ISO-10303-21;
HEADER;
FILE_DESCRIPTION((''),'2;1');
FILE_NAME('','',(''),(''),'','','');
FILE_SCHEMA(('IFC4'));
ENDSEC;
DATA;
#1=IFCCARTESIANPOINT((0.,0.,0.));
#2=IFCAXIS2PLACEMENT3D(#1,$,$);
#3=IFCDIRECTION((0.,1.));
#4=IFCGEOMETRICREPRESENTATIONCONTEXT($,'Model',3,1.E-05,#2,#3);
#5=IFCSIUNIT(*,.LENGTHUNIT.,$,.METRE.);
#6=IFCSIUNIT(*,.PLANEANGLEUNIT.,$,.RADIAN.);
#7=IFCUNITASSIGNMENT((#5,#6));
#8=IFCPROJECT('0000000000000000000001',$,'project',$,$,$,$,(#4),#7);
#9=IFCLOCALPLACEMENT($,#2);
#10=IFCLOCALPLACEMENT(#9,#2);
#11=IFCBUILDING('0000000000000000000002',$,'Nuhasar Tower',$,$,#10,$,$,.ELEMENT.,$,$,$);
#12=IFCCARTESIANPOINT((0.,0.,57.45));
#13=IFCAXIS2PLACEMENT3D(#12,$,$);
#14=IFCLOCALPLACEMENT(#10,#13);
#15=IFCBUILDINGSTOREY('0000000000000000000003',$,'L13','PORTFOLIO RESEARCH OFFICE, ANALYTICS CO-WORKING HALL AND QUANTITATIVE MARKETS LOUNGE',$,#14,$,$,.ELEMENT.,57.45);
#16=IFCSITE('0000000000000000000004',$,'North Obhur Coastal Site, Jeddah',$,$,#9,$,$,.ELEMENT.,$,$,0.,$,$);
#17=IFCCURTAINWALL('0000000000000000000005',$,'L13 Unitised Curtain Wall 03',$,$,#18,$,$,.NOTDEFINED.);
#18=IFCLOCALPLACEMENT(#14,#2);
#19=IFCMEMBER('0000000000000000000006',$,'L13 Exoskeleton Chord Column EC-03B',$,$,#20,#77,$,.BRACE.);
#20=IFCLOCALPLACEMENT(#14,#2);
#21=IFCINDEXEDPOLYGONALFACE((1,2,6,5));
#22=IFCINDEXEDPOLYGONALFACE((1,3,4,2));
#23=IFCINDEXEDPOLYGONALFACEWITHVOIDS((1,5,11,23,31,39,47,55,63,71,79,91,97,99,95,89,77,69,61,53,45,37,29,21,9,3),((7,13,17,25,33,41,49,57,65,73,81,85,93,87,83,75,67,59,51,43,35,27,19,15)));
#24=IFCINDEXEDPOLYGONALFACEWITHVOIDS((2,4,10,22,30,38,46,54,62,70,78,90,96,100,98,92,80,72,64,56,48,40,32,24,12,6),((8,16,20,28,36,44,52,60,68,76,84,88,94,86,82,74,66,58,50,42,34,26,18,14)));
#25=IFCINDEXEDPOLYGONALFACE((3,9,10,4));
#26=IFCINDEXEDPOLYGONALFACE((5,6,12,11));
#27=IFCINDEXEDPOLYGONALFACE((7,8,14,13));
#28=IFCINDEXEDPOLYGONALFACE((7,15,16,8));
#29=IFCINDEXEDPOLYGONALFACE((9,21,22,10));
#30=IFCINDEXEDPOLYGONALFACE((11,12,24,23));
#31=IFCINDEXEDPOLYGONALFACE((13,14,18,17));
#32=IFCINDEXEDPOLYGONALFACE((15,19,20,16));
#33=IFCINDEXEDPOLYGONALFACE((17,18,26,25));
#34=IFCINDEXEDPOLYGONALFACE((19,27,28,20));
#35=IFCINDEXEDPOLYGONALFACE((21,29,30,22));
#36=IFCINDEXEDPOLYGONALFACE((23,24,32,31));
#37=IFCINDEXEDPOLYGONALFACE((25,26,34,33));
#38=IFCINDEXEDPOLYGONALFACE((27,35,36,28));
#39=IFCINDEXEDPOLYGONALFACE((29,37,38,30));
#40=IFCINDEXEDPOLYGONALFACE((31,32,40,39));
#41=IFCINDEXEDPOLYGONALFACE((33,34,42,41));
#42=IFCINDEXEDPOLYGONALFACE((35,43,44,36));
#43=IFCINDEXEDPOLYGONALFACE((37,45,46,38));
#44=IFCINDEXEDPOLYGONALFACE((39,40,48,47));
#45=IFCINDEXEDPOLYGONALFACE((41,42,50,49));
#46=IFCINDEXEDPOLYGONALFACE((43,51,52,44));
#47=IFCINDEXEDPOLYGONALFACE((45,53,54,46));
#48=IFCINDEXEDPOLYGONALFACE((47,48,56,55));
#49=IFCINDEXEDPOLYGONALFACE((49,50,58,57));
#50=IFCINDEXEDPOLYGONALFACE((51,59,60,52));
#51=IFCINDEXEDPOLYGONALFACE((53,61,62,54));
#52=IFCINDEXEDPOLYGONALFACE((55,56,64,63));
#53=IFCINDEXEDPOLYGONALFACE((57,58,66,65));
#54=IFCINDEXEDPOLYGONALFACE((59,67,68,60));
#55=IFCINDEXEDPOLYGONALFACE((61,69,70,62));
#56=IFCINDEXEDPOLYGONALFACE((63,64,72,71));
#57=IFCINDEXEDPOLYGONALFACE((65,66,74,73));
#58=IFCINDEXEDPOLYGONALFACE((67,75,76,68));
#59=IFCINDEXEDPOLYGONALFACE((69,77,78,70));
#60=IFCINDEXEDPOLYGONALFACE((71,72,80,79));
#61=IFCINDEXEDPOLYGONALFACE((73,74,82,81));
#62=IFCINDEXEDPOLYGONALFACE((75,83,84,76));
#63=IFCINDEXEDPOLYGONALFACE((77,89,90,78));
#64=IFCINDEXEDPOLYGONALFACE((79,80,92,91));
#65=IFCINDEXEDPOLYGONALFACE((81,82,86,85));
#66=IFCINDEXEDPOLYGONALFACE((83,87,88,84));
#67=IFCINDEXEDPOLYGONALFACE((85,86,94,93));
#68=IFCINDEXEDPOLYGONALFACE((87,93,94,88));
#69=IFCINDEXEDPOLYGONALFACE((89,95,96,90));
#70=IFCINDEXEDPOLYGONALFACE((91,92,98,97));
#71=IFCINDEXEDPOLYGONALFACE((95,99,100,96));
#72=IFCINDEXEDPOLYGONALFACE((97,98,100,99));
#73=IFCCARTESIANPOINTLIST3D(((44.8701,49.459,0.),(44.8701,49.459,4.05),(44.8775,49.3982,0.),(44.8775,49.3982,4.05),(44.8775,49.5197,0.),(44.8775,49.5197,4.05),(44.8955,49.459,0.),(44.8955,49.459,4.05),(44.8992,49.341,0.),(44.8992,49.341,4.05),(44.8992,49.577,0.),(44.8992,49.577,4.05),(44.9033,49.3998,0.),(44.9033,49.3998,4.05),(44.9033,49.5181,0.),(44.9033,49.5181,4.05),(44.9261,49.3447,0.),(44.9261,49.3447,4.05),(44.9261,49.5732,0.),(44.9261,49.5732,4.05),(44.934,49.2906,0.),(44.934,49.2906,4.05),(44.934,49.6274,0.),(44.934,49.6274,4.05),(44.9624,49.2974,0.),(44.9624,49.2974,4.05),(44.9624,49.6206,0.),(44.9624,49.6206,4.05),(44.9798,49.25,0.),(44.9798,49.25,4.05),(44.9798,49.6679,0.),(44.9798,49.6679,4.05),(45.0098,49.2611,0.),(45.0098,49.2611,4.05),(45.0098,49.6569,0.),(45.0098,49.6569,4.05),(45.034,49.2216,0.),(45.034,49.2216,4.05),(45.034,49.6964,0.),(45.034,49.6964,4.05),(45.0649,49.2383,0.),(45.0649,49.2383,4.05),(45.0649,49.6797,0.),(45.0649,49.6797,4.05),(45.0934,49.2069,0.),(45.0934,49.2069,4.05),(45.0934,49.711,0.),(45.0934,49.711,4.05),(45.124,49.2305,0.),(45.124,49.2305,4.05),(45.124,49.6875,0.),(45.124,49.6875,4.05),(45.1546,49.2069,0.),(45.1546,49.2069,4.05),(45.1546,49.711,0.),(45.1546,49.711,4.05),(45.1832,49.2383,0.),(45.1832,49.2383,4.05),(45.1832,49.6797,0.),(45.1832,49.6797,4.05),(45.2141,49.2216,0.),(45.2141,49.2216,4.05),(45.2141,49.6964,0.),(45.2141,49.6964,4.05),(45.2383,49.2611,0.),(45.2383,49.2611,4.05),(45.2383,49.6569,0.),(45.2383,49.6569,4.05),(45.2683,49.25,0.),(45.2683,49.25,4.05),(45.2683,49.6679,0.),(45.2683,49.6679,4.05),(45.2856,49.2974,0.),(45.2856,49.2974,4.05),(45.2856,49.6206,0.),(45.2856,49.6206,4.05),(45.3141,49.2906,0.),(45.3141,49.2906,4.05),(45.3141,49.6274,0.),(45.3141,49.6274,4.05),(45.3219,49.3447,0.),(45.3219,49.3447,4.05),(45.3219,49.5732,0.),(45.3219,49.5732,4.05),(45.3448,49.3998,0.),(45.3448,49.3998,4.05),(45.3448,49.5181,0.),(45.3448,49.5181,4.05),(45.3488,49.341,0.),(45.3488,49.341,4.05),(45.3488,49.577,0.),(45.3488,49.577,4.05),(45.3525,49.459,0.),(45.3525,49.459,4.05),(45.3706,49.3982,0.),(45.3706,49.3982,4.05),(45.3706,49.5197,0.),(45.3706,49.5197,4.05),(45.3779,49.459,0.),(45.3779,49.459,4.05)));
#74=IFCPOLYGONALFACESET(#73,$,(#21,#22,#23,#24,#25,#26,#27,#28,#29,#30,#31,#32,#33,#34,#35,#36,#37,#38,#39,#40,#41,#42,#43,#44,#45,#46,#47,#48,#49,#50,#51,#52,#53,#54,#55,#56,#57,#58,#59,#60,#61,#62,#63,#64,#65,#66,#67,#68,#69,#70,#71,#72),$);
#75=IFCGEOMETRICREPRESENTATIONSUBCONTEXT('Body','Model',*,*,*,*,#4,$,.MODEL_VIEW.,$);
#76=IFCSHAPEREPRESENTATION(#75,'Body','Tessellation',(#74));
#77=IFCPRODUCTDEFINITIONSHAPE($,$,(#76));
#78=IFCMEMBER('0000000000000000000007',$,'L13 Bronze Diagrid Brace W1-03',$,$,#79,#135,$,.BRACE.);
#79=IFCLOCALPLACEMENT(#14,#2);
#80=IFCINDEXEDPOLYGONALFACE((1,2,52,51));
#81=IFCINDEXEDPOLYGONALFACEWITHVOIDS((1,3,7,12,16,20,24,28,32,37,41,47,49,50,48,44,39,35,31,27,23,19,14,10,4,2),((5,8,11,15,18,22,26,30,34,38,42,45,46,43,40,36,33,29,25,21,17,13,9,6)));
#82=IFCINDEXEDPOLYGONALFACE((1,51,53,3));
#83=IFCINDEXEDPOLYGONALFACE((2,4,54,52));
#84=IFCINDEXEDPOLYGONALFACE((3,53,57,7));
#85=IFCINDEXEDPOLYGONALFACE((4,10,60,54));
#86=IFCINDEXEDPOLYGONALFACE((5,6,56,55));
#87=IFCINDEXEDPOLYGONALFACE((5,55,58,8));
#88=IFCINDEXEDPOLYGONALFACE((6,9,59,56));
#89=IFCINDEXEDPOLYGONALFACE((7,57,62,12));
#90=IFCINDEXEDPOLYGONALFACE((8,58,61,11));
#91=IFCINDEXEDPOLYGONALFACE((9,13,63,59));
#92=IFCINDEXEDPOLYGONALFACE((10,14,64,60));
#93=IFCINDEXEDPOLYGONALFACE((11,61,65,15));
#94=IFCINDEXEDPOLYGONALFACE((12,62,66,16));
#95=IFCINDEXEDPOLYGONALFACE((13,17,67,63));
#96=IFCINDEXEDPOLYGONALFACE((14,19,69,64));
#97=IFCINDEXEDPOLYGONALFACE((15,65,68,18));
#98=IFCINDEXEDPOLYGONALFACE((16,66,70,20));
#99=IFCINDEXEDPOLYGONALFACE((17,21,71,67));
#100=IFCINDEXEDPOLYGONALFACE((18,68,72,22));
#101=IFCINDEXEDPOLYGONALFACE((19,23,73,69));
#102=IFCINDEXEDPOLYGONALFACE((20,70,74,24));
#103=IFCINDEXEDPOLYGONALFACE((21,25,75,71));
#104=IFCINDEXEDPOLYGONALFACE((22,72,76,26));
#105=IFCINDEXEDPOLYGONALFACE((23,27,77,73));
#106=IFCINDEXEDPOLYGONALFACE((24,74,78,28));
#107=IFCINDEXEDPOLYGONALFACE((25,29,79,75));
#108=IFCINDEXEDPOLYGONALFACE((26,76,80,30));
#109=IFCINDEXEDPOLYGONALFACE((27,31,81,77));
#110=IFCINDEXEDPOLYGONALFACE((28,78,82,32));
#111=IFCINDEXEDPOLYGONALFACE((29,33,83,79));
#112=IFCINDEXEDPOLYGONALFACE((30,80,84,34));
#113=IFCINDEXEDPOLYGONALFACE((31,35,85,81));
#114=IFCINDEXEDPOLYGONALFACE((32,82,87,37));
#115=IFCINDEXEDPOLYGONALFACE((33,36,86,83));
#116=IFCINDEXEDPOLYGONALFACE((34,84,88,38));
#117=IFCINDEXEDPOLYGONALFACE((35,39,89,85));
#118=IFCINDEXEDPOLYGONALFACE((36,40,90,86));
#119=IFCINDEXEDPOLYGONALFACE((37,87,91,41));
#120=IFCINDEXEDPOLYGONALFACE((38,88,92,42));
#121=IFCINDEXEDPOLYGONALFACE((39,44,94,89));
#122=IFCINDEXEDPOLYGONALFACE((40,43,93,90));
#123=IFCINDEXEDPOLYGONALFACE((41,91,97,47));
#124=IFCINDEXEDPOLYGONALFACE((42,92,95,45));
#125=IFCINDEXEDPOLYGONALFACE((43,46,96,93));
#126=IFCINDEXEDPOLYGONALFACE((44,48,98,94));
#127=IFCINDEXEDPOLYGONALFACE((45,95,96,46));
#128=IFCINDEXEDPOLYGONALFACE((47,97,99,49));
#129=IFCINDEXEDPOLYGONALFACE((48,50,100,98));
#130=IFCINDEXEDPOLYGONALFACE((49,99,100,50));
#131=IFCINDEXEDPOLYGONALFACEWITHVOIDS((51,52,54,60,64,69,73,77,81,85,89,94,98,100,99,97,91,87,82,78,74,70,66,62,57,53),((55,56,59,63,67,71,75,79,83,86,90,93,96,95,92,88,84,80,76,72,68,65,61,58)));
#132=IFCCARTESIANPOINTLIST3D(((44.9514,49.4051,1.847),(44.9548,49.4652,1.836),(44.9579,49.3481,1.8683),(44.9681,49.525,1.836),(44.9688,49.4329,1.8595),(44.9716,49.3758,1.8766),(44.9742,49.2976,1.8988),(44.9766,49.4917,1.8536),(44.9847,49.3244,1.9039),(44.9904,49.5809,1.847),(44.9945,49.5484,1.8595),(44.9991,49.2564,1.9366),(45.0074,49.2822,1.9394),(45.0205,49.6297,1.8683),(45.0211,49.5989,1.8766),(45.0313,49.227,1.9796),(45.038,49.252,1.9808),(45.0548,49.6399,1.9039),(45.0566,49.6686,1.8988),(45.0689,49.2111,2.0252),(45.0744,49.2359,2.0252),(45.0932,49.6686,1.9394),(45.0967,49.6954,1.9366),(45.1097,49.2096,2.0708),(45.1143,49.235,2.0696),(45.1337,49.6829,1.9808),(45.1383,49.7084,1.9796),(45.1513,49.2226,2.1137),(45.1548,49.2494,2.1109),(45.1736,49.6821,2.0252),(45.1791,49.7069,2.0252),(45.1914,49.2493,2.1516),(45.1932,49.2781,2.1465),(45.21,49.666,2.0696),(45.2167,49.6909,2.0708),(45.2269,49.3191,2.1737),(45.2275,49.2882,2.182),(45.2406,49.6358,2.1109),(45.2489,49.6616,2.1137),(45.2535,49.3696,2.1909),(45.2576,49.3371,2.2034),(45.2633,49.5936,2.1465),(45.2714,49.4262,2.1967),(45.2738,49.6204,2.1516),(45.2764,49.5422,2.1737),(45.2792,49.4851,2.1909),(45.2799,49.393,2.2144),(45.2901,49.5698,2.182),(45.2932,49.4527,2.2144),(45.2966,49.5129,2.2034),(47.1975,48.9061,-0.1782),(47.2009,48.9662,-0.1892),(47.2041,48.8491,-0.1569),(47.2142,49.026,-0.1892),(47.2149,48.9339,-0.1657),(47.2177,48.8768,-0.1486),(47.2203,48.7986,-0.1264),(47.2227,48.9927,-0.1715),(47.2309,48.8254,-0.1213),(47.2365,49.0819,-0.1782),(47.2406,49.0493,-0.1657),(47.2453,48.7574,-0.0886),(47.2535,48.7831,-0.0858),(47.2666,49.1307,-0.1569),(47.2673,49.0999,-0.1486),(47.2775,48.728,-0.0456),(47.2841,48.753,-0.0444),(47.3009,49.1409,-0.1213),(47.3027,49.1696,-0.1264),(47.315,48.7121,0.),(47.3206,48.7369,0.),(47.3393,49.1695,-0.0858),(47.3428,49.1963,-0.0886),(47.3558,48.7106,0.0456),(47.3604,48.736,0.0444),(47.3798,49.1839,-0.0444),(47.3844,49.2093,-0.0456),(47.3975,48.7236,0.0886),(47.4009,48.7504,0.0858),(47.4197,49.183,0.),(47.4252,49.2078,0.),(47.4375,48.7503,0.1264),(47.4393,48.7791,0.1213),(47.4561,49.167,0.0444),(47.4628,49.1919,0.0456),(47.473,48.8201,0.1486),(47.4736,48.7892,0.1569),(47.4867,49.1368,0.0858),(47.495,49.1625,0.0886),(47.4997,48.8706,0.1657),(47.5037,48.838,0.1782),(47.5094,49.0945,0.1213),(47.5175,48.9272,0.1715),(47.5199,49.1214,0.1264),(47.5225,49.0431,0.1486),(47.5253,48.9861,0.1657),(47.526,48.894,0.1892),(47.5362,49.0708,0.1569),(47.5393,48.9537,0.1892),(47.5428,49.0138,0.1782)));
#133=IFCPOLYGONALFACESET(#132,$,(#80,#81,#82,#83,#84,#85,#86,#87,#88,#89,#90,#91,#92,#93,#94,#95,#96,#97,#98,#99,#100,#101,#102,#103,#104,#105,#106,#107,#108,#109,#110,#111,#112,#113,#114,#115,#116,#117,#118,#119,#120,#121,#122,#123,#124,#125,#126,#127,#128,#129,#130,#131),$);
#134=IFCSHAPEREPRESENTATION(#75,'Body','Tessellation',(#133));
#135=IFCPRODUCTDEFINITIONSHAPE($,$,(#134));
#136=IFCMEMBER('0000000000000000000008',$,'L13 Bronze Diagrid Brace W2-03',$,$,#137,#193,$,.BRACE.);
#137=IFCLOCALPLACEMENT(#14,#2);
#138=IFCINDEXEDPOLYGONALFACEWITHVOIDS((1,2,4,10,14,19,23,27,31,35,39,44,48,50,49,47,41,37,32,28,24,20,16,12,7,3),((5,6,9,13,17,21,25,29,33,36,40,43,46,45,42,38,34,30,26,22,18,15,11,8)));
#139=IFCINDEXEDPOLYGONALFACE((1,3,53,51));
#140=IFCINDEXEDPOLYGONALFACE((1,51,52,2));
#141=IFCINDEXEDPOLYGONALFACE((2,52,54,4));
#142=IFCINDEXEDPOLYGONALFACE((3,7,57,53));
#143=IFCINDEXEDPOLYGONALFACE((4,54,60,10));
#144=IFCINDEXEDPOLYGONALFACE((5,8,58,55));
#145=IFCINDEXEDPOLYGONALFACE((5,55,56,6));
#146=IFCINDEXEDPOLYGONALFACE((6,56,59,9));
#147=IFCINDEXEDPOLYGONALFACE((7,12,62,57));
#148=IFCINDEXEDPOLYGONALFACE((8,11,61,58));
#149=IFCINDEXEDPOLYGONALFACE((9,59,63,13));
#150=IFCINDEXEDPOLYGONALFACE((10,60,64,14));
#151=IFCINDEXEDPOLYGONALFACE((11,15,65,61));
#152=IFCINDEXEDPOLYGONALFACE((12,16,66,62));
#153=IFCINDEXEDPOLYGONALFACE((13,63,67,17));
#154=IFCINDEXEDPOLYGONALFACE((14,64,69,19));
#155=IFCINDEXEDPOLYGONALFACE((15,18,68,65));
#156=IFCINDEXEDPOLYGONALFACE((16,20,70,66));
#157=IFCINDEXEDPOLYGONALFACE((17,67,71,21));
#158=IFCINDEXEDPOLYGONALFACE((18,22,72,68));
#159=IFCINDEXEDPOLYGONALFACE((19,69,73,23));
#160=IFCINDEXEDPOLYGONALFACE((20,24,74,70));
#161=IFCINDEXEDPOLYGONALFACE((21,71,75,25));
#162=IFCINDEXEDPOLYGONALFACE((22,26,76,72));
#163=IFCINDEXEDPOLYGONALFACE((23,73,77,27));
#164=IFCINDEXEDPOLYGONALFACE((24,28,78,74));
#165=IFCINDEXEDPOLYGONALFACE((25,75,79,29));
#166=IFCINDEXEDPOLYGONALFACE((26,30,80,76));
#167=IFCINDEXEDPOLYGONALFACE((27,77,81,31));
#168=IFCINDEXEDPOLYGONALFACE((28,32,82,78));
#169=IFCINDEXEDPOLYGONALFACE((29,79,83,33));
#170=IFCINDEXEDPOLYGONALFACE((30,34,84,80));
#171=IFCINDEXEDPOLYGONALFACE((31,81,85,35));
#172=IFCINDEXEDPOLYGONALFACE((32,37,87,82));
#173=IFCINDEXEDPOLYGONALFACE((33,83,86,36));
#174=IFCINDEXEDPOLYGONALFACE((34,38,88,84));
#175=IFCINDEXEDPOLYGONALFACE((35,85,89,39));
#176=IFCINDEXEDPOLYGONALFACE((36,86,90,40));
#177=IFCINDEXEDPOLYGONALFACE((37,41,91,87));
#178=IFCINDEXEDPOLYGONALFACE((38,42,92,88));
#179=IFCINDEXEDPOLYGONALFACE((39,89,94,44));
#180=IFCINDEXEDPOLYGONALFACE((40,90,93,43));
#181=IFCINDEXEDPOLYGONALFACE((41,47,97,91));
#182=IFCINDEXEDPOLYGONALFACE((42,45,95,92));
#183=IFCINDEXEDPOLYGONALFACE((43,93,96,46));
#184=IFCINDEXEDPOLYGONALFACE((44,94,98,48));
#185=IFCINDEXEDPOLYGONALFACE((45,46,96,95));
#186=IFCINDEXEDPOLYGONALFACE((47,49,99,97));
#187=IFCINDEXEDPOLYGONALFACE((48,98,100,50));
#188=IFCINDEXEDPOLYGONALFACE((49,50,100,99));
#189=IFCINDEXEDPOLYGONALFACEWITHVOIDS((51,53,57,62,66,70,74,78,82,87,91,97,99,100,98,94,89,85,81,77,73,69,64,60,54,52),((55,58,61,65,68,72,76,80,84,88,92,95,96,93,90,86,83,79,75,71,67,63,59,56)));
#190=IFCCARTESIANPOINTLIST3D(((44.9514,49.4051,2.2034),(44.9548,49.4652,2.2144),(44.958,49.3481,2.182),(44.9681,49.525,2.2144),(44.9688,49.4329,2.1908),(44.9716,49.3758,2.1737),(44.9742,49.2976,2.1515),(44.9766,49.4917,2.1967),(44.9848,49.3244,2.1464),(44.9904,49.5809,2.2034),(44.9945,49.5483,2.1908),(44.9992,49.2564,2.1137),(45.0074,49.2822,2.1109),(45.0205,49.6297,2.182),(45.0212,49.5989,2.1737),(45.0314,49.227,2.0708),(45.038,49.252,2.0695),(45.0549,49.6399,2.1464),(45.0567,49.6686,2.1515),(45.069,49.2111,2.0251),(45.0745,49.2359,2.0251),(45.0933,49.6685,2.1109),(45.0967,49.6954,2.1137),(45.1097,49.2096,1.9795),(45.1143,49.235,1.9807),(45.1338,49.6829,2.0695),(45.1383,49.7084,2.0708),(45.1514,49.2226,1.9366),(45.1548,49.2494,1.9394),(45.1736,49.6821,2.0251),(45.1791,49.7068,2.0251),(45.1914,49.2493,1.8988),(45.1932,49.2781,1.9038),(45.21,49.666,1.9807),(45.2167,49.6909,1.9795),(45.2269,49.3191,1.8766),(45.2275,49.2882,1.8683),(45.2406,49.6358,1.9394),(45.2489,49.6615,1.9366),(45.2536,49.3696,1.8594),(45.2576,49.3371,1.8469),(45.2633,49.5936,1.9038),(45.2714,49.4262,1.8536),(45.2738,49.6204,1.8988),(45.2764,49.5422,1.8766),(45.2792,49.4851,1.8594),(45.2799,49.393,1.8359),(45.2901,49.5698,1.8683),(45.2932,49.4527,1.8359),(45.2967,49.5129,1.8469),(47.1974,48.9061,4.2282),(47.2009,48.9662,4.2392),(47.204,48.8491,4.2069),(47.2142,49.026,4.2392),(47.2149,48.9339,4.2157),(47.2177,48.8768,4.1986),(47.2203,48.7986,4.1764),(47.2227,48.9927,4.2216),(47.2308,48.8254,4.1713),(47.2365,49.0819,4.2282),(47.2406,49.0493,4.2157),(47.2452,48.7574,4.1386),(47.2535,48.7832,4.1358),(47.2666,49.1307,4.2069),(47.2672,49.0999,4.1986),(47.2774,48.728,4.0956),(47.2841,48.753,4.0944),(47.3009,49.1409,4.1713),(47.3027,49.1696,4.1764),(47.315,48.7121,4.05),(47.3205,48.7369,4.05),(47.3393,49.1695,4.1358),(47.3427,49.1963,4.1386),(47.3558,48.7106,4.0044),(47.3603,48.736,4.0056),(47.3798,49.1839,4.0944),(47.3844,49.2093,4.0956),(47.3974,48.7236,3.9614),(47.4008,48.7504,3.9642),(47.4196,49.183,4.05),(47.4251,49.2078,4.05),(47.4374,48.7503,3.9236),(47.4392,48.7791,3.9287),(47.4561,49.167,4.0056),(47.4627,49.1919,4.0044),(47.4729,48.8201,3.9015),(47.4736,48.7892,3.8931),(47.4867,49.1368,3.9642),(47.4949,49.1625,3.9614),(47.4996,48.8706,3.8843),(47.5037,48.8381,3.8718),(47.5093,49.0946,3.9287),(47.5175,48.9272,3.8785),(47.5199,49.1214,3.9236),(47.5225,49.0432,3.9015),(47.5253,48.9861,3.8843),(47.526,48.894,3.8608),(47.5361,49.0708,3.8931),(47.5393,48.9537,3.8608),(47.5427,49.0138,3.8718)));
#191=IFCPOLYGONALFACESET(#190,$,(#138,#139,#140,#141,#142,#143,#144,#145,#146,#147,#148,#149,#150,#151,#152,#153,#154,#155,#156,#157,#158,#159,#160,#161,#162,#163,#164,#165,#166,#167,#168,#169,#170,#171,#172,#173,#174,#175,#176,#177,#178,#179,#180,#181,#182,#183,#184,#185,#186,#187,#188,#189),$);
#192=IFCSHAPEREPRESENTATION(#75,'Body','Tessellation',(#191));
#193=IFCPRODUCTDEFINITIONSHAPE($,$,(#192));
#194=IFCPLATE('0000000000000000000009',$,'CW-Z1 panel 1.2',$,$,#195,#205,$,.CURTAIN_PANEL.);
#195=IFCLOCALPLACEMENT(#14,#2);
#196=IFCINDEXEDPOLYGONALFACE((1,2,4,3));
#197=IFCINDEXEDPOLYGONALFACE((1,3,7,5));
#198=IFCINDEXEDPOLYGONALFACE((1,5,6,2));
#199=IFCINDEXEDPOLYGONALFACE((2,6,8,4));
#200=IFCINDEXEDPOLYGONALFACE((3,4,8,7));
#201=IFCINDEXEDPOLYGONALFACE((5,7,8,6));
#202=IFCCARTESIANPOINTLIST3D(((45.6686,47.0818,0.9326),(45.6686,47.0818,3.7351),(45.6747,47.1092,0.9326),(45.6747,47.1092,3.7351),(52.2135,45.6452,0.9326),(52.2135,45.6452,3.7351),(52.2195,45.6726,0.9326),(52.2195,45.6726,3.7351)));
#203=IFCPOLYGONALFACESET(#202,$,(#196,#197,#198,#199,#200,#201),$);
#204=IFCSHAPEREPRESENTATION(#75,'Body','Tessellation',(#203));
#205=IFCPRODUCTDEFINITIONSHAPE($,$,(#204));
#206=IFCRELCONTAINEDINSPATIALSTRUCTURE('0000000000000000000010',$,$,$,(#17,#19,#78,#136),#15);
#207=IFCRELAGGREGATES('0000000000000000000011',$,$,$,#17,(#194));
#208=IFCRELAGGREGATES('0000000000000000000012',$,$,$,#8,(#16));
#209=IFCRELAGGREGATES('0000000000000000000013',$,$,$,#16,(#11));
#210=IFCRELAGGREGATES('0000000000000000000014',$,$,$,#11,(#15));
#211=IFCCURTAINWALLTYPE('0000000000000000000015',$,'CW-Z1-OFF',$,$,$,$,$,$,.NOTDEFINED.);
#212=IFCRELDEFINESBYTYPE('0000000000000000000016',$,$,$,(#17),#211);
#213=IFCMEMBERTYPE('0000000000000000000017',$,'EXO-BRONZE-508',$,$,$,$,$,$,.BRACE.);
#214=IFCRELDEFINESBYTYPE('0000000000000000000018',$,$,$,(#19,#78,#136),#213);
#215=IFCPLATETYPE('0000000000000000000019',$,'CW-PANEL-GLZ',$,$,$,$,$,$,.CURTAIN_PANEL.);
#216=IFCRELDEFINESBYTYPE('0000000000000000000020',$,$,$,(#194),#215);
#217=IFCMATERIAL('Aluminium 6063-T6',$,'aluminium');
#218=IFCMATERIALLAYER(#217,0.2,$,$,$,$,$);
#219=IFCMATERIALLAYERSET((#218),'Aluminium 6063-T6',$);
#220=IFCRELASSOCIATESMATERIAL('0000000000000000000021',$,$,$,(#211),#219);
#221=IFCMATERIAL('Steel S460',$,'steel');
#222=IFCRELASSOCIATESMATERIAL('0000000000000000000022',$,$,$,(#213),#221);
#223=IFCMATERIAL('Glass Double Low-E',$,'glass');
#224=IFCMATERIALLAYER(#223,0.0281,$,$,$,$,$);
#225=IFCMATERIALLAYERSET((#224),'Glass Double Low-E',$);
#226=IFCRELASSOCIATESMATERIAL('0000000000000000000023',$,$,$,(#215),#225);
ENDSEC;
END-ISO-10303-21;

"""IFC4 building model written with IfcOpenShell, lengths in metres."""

from ifc_helpers import new_model, si_unit, direction, frame, origin, origin_2d, place, context, subcontext, project, spatial, rectangle, hollow_circle, extrude, material, layer, layer_set, material_profile, profile_set, type_object, element, aggregate, save


model = new_model("IFC4")

# Units and contexts
model_context = context("Model", 3, precision=1e-05, world=origin(), true_north=direction((0.0, 1.0)))
body_context = subcontext(model_context, "Body", "Model", "MODEL_VIEW")
ifc_project = project(units=[si_unit("LENGTHUNIT", "METRE"), si_unit("PLANEANGLEUNIT", "RADIAN")], contexts=[model_context])

# Site, building, storey
site_placement = place(None, origin())
site = spatial("IfcSite", under=ifc_project, at=site_placement, Name="North Obhur Coastal Site, Jeddah", CompositionType="ELEMENT", RefElevation=0.0)
building_placement = place(site_placement, origin())
building = spatial("IfcBuilding", under=site, at=building_placement, Name="Nuhasar Tower", CompositionType="ELEMENT")
storey_placement = place(building_placement, frame((0.0, 0.0, 57.45)))
storey = spatial("IfcBuildingStorey", under=building, at=storey_placement, Name="L13", Description="PORTFOLIO RESEARCH OFFICE, ANALYTICS CO-WORKING HALL AND QUANTITATIVE MARKETS LOUNGE", CompositionType="ELEMENT", Elevation=57.45)

# Curtain wall
ifc_material_1 = material(Name="Aluminium 6063-T6", Category="aluminium")
ifc_layer_1 = layer(ifc_material_1, 0.2)
ifc_layer_set_1 = layer_set([ifc_layer_1], Name="Aluminium 6063-T6")
curtain_wall_type = type_object("IfcCurtainWallType", Name="CW-Z1-OFF", PredefinedType="NOTDEFINED", material=ifc_layer_set_1)
curtain_wall_placement = place(storey_placement, origin())
curtain_wall = element("IfcCurtainWall", 1, at=curtain_wall_placement, inside=storey, type_object=curtain_wall_type, Name="L13 Unitised Curtain Wall 03", PredefinedType="NOTDEFINED")

# Members
ifc_material_2 = material(Name="Steel S460", Category="steel")
ifc_material_profile_1 = material_profile(ifc_material_2, hollow_circle(Radius=0.2539, WallThickness=0.0254, at=origin_2d()), Name="HSS508X25.4")
ifc_profile_set_1 = profile_set([ifc_material_profile_1], Name="Steel S460")
member_type_1 = type_object("IfcMemberType", Name="EXO-BRONZE-508", PredefinedType="BRACE", material=ifc_profile_set_1)
for number, where, z_axis, x_axis, name in (
    (2, (45.124, 49.459, 0.0), (0.0, 0.0, 1.0), (1.0, 0.0, 0.0), "L13 Exoskeleton Chord Column EC-03B"),
):
    element("IfcMember", number, at=place(storey_placement, frame(where, z_axis=z_axis, x_axis=x_axis)), inside=storey, type_object=member_type_1, Name=name, PredefinedType="BRACE", context=body_context, shape_type="SweptSolid", body=[
        extrude(hollow_circle(Radius=0.2539, WallThickness=0.0254, at=origin_2d()), origin(), (0.0, 0.0, 1.0), 4.05),
    ])
member_1_placement = place(storey_placement, frame((47.3701, 48.96, 0.0), z_axis=(-0.732783, 0.162805, 0.660699), x_axis=(-0.216886, -0.976197, 0.0)))
element("IfcMember", 3, at=member_1_placement, inside=storey, type_object=member_type_1, Name="L13 Bronze Diagrid Brace W1-03", PredefinedType="BRACE", context=body_context, shape_type="SweptSolid", body=[
    extrude(hollow_circle(Radius=0.2539, WallThickness=0.0254, at=origin_2d()), origin(), (0.0, 0.0, 1.0), 3.0652),
])
member_2_placement = place(storey_placement, frame((45.124, 49.459, 2.0251), z_axis=(0.732821, -0.162814, 0.660654), x_axis=(0.216886, 0.976197, 0.0)))
element("IfcMember", 4, at=member_2_placement, inside=storey, type_object=member_type_1, Name="L13 Bronze Diagrid Brace W2-03", PredefinedType="BRACE", context=body_context, shape_type="SweptSolid", body=[
    extrude(hollow_circle(Radius=0.2539, WallThickness=0.0254, at=origin_2d()), origin(), (0.0, 0.0, 1.0), 3.0649),
])

# Plate
ifc_material_3 = material(Name="Glass Double Low-E", Category="glass")
ifc_layer_2 = layer(ifc_material_3, 0.0281)
ifc_layer_set_2 = layer_set([ifc_layer_2], Name="Glass Double Low-E")
plate_type_1 = type_object("IfcPlateType", Name="CW-PANEL-GLZ", PredefinedType="CURTAIN_PANEL", material=ifc_layer_set_2)
plate_1_placement = place(storey_placement, frame((48.9441, 46.3772, 0.9326), z_axis=(0.0, 0.0, 1.0), x_axis=(-0.976746, 0.214399, 0.0)))
plate_1 = element("IfcPlate", 5, at=plate_1_placement, type_object=plate_type_1, Name="CW-Z1 panel 1.2", PredefinedType="CURTAIN_PANEL", context=body_context, shape_type="SweptSolid", body=[
    extrude(rectangle(XDim=6.7007, YDim=0.0281, at=origin_2d()), origin(), (0.0, 0.0, 1.0), 2.8025),
])
aggregate(curtain_wall, [plate_1])

save(model, "model.ifc")
